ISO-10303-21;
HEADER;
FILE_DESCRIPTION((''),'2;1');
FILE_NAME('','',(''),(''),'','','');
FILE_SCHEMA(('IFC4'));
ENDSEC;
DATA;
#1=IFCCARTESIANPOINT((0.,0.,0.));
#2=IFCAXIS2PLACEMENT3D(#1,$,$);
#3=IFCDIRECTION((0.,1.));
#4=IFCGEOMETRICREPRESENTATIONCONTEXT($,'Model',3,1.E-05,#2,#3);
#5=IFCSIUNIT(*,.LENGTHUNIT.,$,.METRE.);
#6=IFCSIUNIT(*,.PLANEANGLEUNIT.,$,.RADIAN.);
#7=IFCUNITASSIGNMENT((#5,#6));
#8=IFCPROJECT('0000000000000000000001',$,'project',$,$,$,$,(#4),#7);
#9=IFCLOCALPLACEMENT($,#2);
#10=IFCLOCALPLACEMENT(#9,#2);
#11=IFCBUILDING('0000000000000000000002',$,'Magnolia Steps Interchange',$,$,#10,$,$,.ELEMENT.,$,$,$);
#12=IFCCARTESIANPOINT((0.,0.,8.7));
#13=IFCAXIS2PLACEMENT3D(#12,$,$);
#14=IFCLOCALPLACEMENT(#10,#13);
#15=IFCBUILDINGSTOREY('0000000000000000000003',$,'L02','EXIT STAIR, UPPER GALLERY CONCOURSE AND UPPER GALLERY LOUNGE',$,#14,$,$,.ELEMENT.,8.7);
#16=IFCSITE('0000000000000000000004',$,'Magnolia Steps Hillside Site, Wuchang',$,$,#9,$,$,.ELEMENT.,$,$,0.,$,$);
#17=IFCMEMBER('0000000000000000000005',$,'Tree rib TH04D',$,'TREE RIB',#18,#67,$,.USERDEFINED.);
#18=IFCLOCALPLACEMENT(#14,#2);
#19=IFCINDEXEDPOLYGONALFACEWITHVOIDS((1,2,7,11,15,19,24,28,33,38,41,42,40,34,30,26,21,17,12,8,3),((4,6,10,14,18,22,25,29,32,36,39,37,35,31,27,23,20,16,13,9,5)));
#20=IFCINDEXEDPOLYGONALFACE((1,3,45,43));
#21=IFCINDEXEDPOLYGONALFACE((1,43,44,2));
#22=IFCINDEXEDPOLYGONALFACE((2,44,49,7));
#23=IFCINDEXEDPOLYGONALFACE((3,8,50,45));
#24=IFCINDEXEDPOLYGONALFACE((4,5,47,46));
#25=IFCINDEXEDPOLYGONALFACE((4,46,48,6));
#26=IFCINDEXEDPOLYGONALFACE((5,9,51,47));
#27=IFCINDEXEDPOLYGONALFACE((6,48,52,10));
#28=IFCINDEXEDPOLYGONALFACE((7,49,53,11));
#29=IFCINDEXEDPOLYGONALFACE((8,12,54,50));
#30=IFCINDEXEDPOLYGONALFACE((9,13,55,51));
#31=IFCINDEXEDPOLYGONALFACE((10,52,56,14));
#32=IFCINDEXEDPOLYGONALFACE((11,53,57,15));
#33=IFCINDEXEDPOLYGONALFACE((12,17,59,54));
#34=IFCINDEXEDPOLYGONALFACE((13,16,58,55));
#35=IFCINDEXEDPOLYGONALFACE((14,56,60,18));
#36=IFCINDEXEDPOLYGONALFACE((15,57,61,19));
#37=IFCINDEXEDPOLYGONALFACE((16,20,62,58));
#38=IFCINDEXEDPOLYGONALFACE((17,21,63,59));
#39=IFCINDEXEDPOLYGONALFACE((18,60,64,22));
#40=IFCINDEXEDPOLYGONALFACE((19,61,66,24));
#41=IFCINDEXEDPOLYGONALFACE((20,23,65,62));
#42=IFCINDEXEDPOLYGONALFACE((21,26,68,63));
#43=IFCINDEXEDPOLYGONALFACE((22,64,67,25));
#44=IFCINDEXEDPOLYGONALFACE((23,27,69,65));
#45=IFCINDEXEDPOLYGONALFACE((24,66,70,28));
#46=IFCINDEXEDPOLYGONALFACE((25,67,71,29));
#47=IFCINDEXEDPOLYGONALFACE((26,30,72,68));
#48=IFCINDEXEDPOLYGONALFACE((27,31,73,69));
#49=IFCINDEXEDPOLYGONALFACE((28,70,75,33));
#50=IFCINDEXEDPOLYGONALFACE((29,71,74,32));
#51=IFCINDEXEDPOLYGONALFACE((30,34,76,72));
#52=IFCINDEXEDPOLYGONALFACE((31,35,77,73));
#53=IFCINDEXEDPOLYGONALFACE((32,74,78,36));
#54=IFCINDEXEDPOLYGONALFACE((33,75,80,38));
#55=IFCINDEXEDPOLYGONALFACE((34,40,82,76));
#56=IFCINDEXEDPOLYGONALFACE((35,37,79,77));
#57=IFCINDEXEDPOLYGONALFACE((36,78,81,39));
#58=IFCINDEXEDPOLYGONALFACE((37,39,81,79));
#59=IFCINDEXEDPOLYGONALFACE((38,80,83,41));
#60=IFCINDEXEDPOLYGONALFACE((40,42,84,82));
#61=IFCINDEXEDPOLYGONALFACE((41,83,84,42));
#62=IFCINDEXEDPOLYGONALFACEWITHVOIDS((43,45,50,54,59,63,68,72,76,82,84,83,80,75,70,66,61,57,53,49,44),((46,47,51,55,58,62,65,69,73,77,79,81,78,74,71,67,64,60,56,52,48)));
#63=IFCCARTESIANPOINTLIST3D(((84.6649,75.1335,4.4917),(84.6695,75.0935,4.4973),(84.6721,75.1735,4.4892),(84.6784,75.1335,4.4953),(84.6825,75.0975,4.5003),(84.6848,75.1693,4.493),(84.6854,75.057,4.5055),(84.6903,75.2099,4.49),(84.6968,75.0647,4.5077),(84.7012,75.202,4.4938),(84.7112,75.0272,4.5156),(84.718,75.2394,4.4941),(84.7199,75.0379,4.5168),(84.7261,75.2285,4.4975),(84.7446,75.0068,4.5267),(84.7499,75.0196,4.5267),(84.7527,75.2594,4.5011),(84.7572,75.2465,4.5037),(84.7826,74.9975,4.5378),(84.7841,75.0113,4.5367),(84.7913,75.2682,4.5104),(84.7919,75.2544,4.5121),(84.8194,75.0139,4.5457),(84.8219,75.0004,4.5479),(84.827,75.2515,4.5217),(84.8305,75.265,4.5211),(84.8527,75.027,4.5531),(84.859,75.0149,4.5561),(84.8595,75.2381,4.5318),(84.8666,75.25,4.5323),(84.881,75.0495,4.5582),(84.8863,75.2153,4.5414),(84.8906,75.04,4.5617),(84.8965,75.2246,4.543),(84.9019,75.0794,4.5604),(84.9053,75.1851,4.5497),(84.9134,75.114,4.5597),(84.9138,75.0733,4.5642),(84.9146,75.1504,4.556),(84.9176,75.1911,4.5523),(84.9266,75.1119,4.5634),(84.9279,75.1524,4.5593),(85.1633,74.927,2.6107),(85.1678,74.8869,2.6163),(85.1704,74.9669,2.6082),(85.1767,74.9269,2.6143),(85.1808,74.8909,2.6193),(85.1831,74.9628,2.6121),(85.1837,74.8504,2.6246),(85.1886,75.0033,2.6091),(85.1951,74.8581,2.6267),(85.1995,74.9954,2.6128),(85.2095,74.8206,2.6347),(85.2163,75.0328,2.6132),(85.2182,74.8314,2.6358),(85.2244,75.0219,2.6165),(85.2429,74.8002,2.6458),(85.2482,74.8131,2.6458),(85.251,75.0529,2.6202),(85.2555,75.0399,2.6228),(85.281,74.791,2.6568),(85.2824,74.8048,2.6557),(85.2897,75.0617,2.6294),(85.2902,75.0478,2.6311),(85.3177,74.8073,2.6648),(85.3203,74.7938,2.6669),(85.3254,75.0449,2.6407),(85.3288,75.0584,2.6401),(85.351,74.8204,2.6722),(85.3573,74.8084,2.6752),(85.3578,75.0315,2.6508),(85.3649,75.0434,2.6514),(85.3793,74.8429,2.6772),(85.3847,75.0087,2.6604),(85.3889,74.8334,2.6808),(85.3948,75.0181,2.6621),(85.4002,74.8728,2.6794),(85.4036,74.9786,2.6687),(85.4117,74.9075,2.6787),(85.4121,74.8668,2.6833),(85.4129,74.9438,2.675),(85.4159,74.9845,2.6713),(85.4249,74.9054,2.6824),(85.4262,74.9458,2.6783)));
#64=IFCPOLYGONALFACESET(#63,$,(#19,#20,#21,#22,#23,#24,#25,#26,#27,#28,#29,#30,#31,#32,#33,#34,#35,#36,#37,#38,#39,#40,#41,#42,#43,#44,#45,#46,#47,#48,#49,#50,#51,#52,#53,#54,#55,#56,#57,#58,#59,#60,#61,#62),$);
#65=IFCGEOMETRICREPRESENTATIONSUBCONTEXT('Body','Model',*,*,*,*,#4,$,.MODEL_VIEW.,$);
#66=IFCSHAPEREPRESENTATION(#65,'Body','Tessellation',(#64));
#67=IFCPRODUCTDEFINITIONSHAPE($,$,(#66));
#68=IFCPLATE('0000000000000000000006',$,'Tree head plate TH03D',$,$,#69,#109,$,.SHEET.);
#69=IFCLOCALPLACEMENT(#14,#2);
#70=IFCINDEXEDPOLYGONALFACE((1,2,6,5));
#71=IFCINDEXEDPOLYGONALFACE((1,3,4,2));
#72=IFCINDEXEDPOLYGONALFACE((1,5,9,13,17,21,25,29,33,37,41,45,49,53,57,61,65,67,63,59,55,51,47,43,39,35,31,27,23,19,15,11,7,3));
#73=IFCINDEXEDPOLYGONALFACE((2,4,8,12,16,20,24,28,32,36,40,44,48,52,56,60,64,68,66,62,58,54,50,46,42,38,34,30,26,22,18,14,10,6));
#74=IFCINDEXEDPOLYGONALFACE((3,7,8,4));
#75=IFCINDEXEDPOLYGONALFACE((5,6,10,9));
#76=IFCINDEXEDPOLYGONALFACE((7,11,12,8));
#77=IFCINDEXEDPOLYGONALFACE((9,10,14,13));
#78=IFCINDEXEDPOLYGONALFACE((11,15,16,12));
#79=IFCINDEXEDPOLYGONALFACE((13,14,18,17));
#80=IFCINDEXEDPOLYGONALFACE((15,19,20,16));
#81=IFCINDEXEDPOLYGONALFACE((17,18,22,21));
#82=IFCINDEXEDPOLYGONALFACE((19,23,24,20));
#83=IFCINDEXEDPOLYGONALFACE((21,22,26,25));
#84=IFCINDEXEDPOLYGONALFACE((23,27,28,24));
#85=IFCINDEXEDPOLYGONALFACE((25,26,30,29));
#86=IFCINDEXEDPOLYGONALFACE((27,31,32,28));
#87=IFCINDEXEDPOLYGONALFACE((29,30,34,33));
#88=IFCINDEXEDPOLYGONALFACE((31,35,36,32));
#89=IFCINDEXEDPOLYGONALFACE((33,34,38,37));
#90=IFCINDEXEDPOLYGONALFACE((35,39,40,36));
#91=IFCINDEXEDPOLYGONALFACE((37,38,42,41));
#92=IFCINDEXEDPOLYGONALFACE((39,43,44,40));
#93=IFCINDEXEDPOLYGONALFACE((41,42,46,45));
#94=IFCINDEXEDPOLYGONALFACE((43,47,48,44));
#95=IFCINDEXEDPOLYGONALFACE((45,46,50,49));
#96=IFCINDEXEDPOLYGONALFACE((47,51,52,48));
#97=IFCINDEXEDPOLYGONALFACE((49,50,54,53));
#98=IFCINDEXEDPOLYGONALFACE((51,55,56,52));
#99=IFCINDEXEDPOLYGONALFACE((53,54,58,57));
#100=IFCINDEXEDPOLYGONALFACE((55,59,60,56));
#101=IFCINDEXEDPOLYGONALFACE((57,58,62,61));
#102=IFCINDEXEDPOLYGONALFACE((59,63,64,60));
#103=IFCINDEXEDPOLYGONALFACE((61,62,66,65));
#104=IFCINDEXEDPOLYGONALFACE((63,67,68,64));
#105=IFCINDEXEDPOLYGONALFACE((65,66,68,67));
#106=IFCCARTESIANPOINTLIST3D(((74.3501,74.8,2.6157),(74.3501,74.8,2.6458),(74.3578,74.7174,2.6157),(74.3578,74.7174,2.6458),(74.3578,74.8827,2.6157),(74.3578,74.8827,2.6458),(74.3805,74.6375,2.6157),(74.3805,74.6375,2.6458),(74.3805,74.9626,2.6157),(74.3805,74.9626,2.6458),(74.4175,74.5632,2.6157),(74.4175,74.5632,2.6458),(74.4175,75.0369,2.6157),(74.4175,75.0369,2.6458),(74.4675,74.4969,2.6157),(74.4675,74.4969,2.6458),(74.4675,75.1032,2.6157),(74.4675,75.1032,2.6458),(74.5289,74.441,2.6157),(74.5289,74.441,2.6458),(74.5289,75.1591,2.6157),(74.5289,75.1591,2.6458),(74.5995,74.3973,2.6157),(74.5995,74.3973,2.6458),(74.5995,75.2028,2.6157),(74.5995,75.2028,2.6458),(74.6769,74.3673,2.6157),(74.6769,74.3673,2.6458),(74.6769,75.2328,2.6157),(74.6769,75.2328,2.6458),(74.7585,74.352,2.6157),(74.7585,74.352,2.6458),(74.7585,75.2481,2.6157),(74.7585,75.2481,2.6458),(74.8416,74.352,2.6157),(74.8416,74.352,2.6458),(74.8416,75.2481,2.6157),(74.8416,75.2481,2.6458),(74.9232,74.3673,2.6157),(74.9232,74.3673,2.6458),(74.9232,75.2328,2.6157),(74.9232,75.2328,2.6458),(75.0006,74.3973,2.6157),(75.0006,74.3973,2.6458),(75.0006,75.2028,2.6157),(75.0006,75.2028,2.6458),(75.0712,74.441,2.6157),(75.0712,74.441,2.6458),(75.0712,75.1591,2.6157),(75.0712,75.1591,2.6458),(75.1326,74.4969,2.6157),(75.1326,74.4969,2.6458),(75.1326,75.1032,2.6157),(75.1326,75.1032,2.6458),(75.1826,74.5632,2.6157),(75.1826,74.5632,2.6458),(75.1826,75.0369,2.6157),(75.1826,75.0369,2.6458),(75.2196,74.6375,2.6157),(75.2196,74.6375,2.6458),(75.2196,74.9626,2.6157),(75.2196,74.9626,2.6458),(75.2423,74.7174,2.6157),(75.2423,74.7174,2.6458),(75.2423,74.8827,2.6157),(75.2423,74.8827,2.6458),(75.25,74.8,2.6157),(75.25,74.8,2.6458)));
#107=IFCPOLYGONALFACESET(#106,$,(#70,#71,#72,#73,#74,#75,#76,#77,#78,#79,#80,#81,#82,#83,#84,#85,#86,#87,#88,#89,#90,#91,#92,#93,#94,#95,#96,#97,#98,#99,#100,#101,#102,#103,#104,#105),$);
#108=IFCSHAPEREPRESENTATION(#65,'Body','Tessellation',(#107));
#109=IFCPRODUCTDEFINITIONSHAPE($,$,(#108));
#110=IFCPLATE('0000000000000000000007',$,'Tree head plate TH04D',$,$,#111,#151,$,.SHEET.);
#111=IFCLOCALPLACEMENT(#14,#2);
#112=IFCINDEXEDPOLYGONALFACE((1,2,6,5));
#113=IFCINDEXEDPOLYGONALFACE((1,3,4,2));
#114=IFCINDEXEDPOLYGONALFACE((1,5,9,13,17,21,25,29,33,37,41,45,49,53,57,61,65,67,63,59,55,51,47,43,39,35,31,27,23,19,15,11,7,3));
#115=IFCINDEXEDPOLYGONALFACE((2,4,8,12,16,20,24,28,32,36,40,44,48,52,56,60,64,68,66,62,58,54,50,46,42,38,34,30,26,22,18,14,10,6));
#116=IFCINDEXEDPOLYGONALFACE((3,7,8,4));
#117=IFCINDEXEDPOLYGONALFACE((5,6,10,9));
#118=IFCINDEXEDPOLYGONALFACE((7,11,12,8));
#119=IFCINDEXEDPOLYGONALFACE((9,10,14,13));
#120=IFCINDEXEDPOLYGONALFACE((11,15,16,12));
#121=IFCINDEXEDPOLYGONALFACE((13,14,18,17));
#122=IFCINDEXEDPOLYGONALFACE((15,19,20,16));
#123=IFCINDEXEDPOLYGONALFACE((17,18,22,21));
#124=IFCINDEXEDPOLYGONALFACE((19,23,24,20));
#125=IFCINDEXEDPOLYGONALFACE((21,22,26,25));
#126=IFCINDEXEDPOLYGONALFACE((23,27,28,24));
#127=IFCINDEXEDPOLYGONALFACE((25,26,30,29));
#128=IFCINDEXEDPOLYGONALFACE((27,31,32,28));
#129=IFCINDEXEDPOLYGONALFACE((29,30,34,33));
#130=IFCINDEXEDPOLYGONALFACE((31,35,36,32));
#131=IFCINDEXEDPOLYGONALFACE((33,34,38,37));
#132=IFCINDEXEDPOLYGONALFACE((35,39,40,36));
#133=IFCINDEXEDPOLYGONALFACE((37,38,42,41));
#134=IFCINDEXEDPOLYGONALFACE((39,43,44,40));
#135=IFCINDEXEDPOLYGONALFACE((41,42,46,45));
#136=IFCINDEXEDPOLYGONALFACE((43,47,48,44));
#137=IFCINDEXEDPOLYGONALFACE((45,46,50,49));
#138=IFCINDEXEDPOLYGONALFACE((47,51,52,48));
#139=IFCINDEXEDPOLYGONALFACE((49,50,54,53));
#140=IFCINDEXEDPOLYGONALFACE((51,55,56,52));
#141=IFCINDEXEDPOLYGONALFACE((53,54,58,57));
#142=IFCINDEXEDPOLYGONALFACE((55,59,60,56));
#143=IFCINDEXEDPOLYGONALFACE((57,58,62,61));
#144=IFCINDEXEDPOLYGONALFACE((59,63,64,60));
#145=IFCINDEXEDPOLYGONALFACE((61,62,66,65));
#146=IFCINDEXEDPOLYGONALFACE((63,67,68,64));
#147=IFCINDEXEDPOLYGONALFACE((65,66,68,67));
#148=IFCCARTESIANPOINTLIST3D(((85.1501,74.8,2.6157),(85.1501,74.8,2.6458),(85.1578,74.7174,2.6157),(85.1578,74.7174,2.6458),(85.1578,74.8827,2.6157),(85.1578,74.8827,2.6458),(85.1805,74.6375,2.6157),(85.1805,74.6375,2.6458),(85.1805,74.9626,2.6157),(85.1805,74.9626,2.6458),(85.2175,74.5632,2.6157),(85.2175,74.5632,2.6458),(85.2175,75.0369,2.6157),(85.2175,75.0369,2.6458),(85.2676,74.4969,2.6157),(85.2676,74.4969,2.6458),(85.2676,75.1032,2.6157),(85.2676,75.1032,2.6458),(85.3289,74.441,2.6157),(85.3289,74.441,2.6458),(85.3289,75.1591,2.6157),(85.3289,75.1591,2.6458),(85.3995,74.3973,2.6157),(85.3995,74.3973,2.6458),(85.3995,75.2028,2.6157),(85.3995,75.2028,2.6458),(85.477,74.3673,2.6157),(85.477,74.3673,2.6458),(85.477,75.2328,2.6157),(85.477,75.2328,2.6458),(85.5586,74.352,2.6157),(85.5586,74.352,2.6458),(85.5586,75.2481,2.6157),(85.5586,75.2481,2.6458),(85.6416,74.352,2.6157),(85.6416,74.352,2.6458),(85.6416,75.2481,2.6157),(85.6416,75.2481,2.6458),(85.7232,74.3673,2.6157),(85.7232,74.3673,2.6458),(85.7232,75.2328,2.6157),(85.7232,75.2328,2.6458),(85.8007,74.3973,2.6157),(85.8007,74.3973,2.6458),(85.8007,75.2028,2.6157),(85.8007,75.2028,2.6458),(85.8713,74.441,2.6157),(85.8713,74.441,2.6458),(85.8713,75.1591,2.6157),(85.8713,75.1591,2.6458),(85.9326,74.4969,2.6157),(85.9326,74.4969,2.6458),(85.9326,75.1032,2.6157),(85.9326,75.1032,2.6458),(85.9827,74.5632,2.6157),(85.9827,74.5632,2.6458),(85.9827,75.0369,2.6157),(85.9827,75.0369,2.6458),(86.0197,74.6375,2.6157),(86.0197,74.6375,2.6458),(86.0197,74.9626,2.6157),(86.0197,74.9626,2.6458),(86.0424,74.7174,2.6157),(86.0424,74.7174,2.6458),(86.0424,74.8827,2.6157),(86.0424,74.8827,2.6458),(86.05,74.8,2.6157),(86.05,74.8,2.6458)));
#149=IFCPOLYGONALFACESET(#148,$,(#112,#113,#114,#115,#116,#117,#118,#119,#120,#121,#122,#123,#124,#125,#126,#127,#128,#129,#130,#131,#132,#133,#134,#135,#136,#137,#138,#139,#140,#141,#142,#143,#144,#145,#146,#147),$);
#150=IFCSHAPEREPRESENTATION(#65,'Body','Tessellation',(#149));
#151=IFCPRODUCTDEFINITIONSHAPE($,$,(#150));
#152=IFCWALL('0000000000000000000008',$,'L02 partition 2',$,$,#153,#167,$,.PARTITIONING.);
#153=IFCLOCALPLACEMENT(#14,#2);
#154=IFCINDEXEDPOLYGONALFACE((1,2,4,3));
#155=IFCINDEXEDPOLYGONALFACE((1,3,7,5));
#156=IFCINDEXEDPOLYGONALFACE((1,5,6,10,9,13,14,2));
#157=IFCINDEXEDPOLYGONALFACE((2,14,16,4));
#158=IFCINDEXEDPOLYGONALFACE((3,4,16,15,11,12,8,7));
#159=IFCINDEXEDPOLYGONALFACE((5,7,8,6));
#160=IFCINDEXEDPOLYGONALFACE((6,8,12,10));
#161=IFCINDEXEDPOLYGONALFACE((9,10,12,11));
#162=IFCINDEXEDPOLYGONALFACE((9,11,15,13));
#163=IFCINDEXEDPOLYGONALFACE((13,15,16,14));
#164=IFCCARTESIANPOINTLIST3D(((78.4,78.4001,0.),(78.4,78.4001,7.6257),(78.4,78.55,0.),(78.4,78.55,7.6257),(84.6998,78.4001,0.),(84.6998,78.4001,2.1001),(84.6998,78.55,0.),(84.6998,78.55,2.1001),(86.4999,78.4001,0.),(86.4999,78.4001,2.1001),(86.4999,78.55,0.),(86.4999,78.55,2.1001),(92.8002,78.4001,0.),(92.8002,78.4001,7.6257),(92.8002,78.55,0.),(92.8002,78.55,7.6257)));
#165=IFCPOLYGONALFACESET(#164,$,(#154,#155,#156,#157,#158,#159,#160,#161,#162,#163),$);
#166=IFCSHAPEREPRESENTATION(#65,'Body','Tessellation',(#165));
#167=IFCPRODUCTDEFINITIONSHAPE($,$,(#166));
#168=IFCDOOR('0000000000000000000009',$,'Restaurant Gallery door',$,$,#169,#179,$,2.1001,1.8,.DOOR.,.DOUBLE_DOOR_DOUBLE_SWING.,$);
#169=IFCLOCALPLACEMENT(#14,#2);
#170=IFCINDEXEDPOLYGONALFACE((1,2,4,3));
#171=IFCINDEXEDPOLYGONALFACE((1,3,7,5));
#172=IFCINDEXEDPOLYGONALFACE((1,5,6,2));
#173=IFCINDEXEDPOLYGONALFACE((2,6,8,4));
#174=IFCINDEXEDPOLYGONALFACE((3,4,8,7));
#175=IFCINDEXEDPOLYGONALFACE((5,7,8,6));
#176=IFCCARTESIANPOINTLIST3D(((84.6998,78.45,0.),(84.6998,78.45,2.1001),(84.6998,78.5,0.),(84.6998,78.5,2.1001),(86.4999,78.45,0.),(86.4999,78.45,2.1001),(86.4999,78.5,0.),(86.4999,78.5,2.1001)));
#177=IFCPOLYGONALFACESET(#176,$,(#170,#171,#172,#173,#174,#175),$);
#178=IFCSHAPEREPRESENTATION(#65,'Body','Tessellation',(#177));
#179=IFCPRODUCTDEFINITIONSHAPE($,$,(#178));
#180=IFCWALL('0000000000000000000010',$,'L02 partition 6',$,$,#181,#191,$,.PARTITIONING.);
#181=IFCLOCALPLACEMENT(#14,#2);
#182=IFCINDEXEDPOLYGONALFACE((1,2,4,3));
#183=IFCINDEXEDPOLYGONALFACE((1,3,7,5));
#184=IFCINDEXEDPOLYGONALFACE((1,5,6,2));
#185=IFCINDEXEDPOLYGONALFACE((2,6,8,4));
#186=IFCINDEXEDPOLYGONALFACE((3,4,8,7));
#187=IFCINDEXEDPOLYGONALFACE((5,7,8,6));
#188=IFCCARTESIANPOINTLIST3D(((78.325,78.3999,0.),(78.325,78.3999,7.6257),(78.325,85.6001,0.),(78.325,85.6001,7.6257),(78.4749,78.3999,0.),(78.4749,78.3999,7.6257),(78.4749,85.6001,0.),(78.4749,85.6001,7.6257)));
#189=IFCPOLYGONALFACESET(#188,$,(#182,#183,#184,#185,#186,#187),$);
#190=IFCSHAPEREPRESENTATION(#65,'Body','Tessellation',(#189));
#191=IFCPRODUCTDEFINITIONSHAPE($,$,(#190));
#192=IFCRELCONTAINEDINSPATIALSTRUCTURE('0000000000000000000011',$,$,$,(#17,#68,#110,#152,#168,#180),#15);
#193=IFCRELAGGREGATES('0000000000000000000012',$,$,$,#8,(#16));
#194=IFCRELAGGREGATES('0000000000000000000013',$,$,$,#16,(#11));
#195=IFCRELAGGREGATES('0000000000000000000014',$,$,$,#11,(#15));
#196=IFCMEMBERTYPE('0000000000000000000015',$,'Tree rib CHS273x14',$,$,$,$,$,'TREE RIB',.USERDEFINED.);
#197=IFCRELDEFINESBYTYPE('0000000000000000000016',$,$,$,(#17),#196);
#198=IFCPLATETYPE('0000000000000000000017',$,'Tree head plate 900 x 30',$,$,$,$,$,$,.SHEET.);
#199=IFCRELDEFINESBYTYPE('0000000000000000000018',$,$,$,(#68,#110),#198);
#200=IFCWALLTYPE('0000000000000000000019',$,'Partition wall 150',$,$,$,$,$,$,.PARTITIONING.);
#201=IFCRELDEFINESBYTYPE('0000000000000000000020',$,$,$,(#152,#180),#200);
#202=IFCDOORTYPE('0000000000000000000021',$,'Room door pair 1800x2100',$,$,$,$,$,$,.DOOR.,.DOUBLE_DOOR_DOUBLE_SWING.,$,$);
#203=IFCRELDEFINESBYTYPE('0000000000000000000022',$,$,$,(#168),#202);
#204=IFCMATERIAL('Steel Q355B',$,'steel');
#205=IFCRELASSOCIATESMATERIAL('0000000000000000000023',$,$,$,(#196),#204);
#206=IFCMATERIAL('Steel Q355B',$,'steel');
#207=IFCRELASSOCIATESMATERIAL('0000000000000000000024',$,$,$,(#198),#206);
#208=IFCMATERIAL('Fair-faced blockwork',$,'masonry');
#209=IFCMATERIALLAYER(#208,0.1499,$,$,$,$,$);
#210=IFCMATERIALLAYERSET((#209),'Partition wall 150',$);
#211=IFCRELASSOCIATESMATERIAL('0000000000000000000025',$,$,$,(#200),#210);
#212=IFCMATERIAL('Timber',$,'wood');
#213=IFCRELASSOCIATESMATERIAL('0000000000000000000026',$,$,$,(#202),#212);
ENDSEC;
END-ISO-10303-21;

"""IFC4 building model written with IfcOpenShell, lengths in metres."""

from ifc_helpers import new_model, si_unit, direction, frame, frame_2d, origin, origin_2d, place, context, subcontext, project, spatial, rectangle, circle, hollow_circle, extrude, material, layer, layer_set, material_profile, profile_set, type_object, element, fill, save


model = new_model("IFC4")

# Units and contexts
model_context = context("Model", 3, precision=1e-05, world=origin(), true_north=direction((0.0, 1.0)))
body_context = subcontext(model_context, "Body", "Model", "MODEL_VIEW")
ifc_project = project(units=[si_unit("LENGTHUNIT", "METRE"), si_unit("PLANEANGLEUNIT", "RADIAN")], contexts=[model_context])

# Site, building, storey
site_placement = place(None, origin())
site = spatial("IfcSite", under=ifc_project, at=site_placement, Name="Magnolia Steps Hillside Site, Wuchang", CompositionType="ELEMENT", RefElevation=0.0)
building_placement = place(site_placement, origin())
building = spatial("IfcBuilding", under=site, at=building_placement, Name="Magnolia Steps Interchange", CompositionType="ELEMENT")
storey_placement = place(building_placement, frame((0.0, 0.0, 8.7)))
storey = spatial("IfcBuildingStorey", under=building, at=storey_placement, Name="L02", Description="EXIT STAIR, UPPER GALLERY CONCOURSE AND UPPER GALLERY LOUNGE", CompositionType="ELEMENT", Elevation=8.7)

# Member
ifc_material_1 = material(Name="Steel Q355B", Category="steel")
ifc_material_profile_1 = material_profile(ifc_material_1, hollow_circle(Radius=0.1365, WallThickness=0.0139, at=origin_2d()), Name="CHS273x14")
ifc_profile_set_1 = profile_set([ifc_material_profile_1], Name="Steel Q355B")
member_type_1 = type_object("IfcMemberType", Name="Tree rib CHS273x14", ElementType="TREE RIB", PredefinedType="USERDEFINED", material=ifc_profile_set_1)
member_1_placement = place(storey_placement, frame((85.2952, 74.9263, 2.6458), z_axis=(-0.254662, 0.105558, 0.961252), x_axis=(-0.382911, -0.923785, 0.0)))
element("IfcMember", 1, at=member_1_placement, inside=storey, type_object=member_type_1, Name="Tree rib TH04D", ObjectType="TREE RIB", PredefinedType="USERDEFINED", context=body_context, shape_type="SweptSolid", body=[
    extrude(hollow_circle(Radius=0.1365, WallThickness=0.0139, at=origin_2d()), origin(), (0.0, 0.0, 1.0), 1.9568),
])

# Plates
ifc_material_2 = material(Name="Steel Q355B", Category="steel")
ifc_material_profile_2 = material_profile(ifc_material_2, circle(Radius=0.45, at=origin_2d()), Name="Tree head plate 900 x 30")
ifc_profile_set_2 = profile_set([ifc_material_profile_2], Name="Steel Q355B")
plate_type = type_object("IfcPlateType", Name="Tree head plate 900 x 30", PredefinedType="SHEET", material=ifc_profile_set_2)
for number, where, z_axis, x_axis, name in (
    (2, (74.8, 74.8, 2.6157), (0.0, 0.0, 1.0), (1.0, 0.0, 0.0), "Tree head plate TH03D"),
    (3, (85.6001, 74.8, 2.6157), (0.0, 0.0, 1.0), (1.0, 0.0, 0.0), "Tree head plate TH04D"),
):
    element("IfcPlate", number, at=place(storey_placement, frame(where, z_axis=z_axis, x_axis=x_axis)), inside=storey, type_object=plate_type, Name=name, PredefinedType="SHEET", context=body_context, shape_type="SweptSolid", body=[
        extrude(circle(Radius=0.45, at=origin_2d()), origin(), (0.0, 0.0, 1.0), 0.03),
    ])

# Wall, opening, door
ifc_material_3 = material(Name="Fair-faced blockwork", Category="masonry")
ifc_layer_1 = layer(ifc_material_3, 0.1499)
ifc_layer_set_1 = layer_set([ifc_layer_1], Name="Partition wall 150")
wall_type = type_object("IfcWallType", Name="Partition wall 150", PredefinedType="PARTITIONING", material=ifc_layer_set_1)
wall_1_placement = place(storey_placement, frame((78.3999, 78.4751, 0.0), z_axis=(0.0, 0.0, 1.0), x_axis=(1.0, 0.0, 0.0)))
wall_1 = element("IfcWall", 4, at=wall_1_placement, inside=storey, type_object=wall_type, Name="L02 partition 2", PredefinedType="PARTITIONING", context=body_context, shape_type="SweptSolid", body=[
    extrude(rectangle(XDim=14.4001, YDim=0.1499, at=frame_2d((7.2002, 0.0))), origin(), (0.0, 0.0, 1.0), 7.6257),
])
opening_placement = place(wall_1_placement, frame((6.3, 0.0, 0.0)))
opening = element("IfcOpeningElement", 5, at=opening_placement, cuts=wall_1, PredefinedType="OPENING", context=body_context, shape_type="SweptSolid", body=[
    extrude(rectangle(XDim=1.8, YDim=2.1001, at=frame_2d((0.8999, 1.05))), frame((0.0, 0.085, 0.0), z_axis=(0.0, -1.0, 0.0), x_axis=(1.0, 0.0, 0.0)), (0.0, 0.0, 1.0), 0.1699),
])
ifc_material_4 = material(Name="Timber", Category="wood")
door_type = type_object("IfcDoorType", Name="Room door pair 1800x2100", OperationType="DOUBLE_DOOR_DOUBLE_SWING", PredefinedType="DOOR", material=ifc_material_4)
door_placement = place(opening_placement, origin())
door = element("IfcDoor", 6, at=door_placement, inside=storey, type_object=door_type, Name="Restaurant Gallery door", OperationType="DOUBLE_DOOR_DOUBLE_SWING", OverallHeight=2.1001, OverallWidth=1.8, PredefinedType="DOOR", context=body_context, shape_type="SweptSolid", body=[
    extrude(rectangle(XDim=1.8, YDim=2.1001, at=frame_2d((0.8999, 1.05))), frame((0.0, 0.0249, 0.0), z_axis=(0.0, -1.0, 0.0), x_axis=(1.0, 0.0, 0.0)), (0.0, 0.0, 1.0), 0.05),
])
fill(opening, door)

# Wall
wall_2_placement = place(storey_placement, frame((78.3999, 78.3999, 0.0), z_axis=(0.0, 0.0, 1.0), x_axis=(0.0, 1.0, 0.0)))
element("IfcWall", 7, at=wall_2_placement, inside=storey, type_object=wall_type, Name="L02 partition 6", PredefinedType="PARTITIONING", context=body_context, shape_type="SweptSolid", body=[
    extrude(rectangle(XDim=7.2002, YDim=0.1499, at=frame_2d((3.6001, 0.0))), origin(), (0.0, 0.0, 1.0), 7.6257),
])

save(model, "model.ifc")
